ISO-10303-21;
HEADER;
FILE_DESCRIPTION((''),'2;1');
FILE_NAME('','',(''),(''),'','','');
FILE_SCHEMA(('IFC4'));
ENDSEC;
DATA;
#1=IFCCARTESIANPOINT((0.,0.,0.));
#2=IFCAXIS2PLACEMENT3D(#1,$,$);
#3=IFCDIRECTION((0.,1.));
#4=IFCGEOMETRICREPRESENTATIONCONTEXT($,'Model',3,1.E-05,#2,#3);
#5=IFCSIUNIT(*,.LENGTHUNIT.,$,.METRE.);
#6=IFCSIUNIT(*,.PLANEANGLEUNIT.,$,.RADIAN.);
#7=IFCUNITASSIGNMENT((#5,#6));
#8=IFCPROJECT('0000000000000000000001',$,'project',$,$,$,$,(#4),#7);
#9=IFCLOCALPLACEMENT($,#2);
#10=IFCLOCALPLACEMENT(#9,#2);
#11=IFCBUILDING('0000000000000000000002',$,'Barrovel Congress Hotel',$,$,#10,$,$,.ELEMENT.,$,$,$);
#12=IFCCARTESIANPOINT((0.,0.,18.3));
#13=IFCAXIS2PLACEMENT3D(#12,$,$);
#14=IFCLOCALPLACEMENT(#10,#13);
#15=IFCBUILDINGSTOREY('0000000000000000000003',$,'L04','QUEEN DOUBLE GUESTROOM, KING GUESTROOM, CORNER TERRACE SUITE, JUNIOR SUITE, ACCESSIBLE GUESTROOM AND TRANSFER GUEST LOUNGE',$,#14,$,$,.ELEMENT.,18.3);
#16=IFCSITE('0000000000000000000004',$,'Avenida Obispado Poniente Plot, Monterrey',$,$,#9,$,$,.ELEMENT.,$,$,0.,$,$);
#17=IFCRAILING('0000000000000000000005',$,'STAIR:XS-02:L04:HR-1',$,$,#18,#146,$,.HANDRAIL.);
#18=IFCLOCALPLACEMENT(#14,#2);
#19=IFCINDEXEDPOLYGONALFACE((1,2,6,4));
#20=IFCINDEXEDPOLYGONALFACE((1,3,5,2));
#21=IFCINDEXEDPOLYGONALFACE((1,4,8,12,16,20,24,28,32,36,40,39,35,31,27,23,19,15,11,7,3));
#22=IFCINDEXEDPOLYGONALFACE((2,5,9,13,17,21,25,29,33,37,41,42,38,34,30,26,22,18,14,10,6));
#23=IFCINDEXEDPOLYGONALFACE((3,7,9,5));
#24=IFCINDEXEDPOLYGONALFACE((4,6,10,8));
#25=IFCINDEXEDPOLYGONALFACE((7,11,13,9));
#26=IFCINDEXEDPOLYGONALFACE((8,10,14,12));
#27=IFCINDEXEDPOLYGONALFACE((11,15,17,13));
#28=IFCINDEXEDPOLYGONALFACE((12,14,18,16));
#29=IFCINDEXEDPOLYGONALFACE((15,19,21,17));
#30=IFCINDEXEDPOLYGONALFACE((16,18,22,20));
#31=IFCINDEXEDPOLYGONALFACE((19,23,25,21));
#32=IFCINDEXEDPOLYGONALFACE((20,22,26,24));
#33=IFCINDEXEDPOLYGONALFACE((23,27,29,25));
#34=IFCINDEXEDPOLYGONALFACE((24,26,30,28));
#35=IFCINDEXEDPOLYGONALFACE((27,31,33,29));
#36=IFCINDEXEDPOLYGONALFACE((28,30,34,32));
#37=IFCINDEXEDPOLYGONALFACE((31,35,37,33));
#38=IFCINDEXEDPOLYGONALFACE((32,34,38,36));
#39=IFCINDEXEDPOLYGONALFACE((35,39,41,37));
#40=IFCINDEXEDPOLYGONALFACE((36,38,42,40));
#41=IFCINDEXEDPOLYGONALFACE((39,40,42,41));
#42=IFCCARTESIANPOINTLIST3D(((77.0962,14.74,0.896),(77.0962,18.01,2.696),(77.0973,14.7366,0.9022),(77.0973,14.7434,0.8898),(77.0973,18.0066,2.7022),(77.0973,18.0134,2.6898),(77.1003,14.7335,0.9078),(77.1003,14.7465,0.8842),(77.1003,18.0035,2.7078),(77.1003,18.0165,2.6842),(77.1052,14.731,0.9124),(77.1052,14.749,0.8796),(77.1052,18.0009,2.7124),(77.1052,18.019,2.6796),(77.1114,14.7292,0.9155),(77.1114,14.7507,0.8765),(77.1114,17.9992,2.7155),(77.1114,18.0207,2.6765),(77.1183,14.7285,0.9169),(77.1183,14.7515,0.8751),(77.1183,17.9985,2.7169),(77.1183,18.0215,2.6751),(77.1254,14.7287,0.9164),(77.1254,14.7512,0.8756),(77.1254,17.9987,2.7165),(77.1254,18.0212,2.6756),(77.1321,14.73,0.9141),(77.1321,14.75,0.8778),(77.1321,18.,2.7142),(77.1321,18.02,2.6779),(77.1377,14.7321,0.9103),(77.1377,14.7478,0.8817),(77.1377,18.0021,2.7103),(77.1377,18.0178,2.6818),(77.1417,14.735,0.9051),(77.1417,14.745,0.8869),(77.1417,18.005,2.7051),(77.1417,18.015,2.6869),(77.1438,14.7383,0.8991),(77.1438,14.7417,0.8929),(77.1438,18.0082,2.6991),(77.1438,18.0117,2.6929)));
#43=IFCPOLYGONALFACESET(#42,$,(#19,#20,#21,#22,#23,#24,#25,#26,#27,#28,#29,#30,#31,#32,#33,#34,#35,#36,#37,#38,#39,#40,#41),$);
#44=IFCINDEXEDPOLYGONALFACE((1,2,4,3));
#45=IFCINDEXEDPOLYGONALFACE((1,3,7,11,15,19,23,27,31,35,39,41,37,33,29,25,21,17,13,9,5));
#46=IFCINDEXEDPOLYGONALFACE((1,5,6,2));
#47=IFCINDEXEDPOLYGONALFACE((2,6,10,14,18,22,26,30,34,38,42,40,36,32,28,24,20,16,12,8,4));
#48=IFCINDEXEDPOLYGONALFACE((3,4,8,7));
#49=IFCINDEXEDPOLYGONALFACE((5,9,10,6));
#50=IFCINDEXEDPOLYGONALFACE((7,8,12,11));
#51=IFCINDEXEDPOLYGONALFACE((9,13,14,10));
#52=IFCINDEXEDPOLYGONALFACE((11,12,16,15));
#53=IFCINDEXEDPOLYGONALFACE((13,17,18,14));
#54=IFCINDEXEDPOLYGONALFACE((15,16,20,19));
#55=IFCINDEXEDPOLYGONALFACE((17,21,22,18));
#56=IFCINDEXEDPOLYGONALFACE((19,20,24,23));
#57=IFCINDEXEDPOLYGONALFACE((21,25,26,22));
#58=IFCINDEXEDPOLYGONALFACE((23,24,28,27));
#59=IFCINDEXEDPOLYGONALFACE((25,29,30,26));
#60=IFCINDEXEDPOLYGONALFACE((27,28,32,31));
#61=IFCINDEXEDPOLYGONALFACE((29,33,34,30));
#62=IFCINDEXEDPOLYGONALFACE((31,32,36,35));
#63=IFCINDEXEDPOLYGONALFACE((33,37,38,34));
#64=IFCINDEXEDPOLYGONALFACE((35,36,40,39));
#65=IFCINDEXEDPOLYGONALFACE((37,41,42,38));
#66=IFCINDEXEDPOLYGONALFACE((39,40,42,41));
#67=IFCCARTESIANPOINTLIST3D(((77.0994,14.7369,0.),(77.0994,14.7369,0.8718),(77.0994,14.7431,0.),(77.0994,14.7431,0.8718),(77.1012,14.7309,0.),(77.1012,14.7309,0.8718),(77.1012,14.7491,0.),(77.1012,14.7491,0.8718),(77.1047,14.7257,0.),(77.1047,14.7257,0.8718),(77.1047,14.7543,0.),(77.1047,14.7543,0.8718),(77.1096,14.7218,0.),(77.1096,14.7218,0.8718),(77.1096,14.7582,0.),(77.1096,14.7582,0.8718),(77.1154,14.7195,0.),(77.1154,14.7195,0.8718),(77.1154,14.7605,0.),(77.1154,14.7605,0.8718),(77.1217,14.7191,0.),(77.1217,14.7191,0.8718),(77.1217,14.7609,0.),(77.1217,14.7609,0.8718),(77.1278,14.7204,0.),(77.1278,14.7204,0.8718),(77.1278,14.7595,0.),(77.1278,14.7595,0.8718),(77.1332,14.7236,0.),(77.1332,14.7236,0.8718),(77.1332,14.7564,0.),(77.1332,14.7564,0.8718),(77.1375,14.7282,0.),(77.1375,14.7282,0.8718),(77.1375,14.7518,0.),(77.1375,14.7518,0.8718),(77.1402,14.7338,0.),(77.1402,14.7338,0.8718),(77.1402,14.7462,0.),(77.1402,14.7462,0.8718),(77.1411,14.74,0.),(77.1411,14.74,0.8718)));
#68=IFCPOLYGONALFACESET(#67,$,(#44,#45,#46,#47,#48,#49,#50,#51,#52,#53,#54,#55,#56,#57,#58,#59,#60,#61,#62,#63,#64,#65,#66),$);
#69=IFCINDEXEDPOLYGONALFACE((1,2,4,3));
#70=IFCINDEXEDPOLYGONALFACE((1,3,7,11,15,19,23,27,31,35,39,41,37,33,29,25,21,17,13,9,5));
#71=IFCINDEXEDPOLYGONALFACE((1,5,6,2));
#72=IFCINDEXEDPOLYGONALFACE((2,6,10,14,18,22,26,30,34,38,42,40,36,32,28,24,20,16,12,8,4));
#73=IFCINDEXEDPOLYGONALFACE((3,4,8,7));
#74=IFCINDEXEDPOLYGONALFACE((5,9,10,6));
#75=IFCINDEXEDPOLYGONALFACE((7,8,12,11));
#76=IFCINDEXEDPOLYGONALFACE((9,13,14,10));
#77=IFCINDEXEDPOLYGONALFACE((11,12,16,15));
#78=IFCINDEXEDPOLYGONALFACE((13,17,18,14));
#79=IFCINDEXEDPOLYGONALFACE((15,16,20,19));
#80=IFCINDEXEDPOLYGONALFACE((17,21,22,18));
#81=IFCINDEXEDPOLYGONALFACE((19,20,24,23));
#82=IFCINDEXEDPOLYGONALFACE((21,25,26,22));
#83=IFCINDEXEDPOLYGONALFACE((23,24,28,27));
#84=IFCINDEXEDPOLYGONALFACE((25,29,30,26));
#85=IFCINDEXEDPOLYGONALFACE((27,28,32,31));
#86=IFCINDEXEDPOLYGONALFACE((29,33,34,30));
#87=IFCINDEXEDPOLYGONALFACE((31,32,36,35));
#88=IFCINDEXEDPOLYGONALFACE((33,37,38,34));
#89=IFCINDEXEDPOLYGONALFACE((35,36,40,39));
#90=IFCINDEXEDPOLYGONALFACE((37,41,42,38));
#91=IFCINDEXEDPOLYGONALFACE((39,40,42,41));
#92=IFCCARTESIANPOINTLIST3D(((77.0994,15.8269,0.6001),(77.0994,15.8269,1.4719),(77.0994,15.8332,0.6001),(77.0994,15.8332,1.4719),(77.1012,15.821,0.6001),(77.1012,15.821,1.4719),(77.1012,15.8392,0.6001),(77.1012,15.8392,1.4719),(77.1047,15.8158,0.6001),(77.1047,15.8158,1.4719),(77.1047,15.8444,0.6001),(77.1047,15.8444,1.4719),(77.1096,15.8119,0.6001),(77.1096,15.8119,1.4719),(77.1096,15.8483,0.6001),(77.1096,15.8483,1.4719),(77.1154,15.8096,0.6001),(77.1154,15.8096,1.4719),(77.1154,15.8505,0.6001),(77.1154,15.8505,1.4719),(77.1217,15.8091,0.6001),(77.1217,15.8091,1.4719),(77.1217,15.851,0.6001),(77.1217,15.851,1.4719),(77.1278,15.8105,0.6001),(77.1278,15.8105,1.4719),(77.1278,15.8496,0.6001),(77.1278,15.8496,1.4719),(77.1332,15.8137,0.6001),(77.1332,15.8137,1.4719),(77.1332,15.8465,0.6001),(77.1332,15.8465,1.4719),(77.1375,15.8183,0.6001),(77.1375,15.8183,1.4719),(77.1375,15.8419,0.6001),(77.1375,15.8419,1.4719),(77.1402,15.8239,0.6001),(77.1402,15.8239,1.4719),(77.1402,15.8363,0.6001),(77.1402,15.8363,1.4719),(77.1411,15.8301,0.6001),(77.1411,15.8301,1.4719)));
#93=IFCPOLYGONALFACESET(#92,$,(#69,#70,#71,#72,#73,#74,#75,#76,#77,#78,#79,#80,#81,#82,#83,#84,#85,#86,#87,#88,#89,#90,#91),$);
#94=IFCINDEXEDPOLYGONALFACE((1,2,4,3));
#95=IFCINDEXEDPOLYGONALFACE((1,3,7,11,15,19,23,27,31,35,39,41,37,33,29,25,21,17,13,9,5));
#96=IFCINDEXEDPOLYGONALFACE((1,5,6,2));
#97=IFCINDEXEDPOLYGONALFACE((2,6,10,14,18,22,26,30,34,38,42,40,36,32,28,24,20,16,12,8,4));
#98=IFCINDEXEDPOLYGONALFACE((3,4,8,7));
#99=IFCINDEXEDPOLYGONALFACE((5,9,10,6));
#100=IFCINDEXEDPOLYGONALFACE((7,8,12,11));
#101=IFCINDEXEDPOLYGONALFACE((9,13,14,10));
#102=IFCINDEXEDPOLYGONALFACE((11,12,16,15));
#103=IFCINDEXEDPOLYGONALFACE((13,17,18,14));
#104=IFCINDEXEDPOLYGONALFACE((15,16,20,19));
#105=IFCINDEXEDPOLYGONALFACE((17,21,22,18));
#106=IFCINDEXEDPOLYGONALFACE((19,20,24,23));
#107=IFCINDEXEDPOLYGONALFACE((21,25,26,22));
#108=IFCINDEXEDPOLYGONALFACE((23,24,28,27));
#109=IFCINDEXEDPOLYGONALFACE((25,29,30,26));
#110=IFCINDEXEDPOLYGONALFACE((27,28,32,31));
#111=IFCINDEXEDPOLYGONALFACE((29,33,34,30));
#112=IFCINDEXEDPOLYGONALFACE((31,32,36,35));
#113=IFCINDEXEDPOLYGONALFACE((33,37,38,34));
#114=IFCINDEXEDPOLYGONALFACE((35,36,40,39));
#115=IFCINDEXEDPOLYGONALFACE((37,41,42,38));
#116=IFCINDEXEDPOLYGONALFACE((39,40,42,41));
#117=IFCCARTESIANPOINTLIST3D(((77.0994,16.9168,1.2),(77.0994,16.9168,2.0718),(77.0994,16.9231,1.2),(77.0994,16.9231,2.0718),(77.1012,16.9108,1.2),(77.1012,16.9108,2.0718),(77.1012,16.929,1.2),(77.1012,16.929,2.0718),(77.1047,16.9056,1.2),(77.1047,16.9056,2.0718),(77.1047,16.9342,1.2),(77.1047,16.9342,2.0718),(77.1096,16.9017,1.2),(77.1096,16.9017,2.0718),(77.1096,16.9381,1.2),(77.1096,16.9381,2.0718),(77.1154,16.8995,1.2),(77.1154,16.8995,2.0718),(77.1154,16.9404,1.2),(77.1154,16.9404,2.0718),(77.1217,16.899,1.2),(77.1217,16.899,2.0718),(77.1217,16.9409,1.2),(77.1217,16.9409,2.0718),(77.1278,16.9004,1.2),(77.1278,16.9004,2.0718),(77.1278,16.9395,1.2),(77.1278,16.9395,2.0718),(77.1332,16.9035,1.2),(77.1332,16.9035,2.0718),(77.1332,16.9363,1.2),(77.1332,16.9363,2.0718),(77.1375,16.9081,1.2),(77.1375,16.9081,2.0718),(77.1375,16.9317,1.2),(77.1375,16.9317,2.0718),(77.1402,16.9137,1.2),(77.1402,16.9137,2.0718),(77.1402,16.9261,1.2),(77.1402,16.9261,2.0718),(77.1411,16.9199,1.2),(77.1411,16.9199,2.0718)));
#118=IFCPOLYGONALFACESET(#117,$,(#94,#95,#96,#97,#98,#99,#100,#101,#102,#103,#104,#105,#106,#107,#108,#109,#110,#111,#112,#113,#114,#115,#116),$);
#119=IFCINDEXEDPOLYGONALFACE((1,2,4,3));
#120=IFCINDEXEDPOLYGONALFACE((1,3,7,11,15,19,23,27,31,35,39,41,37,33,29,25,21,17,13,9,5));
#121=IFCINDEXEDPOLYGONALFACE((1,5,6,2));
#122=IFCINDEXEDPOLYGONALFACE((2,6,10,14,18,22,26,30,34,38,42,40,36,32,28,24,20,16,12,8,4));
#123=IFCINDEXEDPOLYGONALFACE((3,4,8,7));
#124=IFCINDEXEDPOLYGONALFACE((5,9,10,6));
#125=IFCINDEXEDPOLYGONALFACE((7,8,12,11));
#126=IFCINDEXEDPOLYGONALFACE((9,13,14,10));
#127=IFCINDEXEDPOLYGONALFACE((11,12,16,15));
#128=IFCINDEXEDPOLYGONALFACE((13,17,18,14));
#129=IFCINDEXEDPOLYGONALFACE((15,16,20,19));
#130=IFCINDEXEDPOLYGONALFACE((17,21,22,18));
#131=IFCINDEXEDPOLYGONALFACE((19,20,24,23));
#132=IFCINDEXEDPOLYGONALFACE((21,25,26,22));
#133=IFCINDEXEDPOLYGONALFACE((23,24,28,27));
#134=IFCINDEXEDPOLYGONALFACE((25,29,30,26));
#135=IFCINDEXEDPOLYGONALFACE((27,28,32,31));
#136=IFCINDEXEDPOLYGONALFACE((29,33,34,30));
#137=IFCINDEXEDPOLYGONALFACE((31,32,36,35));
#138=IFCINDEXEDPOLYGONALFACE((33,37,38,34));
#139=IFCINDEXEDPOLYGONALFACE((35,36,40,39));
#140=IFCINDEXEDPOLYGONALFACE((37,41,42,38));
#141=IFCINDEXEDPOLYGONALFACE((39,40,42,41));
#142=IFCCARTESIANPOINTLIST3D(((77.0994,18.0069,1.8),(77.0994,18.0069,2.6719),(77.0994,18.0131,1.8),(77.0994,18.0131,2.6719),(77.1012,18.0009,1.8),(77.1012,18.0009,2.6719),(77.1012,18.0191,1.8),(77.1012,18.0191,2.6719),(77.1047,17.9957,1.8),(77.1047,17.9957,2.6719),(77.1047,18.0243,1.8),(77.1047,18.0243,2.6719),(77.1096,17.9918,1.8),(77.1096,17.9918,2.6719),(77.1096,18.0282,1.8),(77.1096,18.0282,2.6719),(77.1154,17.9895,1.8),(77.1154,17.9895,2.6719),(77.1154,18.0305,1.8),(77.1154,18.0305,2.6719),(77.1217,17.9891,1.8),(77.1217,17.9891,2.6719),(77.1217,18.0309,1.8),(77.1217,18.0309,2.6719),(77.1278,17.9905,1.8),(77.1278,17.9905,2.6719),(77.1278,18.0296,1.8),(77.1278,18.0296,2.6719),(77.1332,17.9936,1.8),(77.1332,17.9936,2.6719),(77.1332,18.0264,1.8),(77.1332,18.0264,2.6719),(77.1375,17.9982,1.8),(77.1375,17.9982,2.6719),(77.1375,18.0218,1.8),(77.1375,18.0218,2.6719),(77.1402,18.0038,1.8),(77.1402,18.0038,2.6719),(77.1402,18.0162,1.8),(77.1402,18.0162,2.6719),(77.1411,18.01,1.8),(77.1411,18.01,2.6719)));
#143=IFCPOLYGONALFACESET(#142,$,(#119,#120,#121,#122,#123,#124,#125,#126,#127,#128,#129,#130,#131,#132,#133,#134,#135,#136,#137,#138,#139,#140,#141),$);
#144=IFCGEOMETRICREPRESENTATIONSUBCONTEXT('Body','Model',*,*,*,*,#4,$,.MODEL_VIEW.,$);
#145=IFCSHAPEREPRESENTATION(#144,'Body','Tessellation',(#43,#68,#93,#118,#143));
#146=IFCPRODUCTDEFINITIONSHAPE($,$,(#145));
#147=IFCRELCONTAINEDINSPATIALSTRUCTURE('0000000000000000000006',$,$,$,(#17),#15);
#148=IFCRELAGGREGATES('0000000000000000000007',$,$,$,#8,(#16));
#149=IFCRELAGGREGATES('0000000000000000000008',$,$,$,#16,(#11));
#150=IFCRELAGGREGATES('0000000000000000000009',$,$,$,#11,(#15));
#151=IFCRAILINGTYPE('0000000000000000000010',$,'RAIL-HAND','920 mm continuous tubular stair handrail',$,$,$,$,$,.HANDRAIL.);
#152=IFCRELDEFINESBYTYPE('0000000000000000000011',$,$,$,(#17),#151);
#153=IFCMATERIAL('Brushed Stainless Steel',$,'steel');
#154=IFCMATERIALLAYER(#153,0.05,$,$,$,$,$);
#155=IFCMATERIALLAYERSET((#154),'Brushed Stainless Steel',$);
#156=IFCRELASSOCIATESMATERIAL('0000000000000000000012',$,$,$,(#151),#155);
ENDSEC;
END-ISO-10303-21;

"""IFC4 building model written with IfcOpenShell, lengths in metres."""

from ifc_helpers import new_model, si_unit, direction, frame, origin, origin_2d, place, context, subcontext, project, spatial, circle, extrude, material, layer, layer_set, type_object, element, save


model = new_model("IFC4")

# Units and contexts
model_context = context("Model", 3, precision=1e-05, world=origin(), true_north=direction((0.0, 1.0)))
body_context = subcontext(model_context, "Body", "Model", "MODEL_VIEW")
ifc_project = project(units=[si_unit("LENGTHUNIT", "METRE"), si_unit("PLANEANGLEUNIT", "RADIAN")], contexts=[model_context])

# Site, building, storey
site_placement = place(None, origin())
site = spatial("IfcSite", under=ifc_project, at=site_placement, Name="Avenida Obispado Poniente Plot, Monterrey", CompositionType="ELEMENT", RefElevation=0.0)
building_placement = place(site_placement, origin())
building = spatial("IfcBuilding", under=site, at=building_placement, Name="Barrovel Congress Hotel", CompositionType="ELEMENT")
storey_placement = place(building_placement, frame((0.0, 0.0, 18.3)))
storey = spatial("IfcBuildingStorey", under=building, at=storey_placement, Name="L04", Description="QUEEN DOUBLE GUESTROOM, KING GUESTROOM, CORNER TERRACE SUITE, JUNIOR SUITE, ACCESSIBLE GUESTROOM AND TRANSFER GUEST LOUNGE", CompositionType="ELEMENT", Elevation=18.3)

# Shared definitions
ifc_material_1 = material(Name="Brushed Stainless Steel", Category="steel")

# Railing
ifc_layer_1 = layer(ifc_material_1, 0.05)
ifc_layer_set_1 = layer_set([ifc_layer_1], Name="Brushed Stainless Steel")
railing_type_1 = type_object("IfcRailingType", Name="RAIL-HAND", Description="920 mm continuous tubular stair handrail", PredefinedType="HANDRAIL", material=ifc_layer_set_1)
railing_1_placement = place(storey_placement, frame((77.1201, 14.74, 0.0)))
element("IfcRailing", 1, at=railing_1_placement, inside=storey, type_object=railing_type_1, Name="STAIR:XS-02:L04:HR-1", PredefinedType="HANDRAIL", context=body_context, shape_type="SweptSolid", body=[
    extrude(circle(Radius=0.0239, at=origin_2d()), frame((0.0, 0.0, 0.896), z_axis=(0.0, 0.876042, 0.482235), x_axis=(-1.0, 0.0, 0.0)), (0.0, 0.0, 1.0), 3.7327),
    extrude(circle(Radius=0.021, at=origin_2d()), origin(), (0.0, 0.0, 1.0), 0.8718),
    extrude(circle(Radius=0.021, at=origin_2d()), frame((0.0, 1.0901, 0.6001)), (0.0, 0.0, 1.0), 0.8718),
    extrude(circle(Radius=0.021, at=origin_2d()), frame((0.0, 2.1799, 1.2)), (0.0, 0.0, 1.0), 0.8718),
    extrude(circle(Radius=0.021, at=origin_2d()), frame((0.0, 3.27, 1.8)), (0.0, 0.0, 1.0), 0.8718),
])

save(model, "model.ifc")
